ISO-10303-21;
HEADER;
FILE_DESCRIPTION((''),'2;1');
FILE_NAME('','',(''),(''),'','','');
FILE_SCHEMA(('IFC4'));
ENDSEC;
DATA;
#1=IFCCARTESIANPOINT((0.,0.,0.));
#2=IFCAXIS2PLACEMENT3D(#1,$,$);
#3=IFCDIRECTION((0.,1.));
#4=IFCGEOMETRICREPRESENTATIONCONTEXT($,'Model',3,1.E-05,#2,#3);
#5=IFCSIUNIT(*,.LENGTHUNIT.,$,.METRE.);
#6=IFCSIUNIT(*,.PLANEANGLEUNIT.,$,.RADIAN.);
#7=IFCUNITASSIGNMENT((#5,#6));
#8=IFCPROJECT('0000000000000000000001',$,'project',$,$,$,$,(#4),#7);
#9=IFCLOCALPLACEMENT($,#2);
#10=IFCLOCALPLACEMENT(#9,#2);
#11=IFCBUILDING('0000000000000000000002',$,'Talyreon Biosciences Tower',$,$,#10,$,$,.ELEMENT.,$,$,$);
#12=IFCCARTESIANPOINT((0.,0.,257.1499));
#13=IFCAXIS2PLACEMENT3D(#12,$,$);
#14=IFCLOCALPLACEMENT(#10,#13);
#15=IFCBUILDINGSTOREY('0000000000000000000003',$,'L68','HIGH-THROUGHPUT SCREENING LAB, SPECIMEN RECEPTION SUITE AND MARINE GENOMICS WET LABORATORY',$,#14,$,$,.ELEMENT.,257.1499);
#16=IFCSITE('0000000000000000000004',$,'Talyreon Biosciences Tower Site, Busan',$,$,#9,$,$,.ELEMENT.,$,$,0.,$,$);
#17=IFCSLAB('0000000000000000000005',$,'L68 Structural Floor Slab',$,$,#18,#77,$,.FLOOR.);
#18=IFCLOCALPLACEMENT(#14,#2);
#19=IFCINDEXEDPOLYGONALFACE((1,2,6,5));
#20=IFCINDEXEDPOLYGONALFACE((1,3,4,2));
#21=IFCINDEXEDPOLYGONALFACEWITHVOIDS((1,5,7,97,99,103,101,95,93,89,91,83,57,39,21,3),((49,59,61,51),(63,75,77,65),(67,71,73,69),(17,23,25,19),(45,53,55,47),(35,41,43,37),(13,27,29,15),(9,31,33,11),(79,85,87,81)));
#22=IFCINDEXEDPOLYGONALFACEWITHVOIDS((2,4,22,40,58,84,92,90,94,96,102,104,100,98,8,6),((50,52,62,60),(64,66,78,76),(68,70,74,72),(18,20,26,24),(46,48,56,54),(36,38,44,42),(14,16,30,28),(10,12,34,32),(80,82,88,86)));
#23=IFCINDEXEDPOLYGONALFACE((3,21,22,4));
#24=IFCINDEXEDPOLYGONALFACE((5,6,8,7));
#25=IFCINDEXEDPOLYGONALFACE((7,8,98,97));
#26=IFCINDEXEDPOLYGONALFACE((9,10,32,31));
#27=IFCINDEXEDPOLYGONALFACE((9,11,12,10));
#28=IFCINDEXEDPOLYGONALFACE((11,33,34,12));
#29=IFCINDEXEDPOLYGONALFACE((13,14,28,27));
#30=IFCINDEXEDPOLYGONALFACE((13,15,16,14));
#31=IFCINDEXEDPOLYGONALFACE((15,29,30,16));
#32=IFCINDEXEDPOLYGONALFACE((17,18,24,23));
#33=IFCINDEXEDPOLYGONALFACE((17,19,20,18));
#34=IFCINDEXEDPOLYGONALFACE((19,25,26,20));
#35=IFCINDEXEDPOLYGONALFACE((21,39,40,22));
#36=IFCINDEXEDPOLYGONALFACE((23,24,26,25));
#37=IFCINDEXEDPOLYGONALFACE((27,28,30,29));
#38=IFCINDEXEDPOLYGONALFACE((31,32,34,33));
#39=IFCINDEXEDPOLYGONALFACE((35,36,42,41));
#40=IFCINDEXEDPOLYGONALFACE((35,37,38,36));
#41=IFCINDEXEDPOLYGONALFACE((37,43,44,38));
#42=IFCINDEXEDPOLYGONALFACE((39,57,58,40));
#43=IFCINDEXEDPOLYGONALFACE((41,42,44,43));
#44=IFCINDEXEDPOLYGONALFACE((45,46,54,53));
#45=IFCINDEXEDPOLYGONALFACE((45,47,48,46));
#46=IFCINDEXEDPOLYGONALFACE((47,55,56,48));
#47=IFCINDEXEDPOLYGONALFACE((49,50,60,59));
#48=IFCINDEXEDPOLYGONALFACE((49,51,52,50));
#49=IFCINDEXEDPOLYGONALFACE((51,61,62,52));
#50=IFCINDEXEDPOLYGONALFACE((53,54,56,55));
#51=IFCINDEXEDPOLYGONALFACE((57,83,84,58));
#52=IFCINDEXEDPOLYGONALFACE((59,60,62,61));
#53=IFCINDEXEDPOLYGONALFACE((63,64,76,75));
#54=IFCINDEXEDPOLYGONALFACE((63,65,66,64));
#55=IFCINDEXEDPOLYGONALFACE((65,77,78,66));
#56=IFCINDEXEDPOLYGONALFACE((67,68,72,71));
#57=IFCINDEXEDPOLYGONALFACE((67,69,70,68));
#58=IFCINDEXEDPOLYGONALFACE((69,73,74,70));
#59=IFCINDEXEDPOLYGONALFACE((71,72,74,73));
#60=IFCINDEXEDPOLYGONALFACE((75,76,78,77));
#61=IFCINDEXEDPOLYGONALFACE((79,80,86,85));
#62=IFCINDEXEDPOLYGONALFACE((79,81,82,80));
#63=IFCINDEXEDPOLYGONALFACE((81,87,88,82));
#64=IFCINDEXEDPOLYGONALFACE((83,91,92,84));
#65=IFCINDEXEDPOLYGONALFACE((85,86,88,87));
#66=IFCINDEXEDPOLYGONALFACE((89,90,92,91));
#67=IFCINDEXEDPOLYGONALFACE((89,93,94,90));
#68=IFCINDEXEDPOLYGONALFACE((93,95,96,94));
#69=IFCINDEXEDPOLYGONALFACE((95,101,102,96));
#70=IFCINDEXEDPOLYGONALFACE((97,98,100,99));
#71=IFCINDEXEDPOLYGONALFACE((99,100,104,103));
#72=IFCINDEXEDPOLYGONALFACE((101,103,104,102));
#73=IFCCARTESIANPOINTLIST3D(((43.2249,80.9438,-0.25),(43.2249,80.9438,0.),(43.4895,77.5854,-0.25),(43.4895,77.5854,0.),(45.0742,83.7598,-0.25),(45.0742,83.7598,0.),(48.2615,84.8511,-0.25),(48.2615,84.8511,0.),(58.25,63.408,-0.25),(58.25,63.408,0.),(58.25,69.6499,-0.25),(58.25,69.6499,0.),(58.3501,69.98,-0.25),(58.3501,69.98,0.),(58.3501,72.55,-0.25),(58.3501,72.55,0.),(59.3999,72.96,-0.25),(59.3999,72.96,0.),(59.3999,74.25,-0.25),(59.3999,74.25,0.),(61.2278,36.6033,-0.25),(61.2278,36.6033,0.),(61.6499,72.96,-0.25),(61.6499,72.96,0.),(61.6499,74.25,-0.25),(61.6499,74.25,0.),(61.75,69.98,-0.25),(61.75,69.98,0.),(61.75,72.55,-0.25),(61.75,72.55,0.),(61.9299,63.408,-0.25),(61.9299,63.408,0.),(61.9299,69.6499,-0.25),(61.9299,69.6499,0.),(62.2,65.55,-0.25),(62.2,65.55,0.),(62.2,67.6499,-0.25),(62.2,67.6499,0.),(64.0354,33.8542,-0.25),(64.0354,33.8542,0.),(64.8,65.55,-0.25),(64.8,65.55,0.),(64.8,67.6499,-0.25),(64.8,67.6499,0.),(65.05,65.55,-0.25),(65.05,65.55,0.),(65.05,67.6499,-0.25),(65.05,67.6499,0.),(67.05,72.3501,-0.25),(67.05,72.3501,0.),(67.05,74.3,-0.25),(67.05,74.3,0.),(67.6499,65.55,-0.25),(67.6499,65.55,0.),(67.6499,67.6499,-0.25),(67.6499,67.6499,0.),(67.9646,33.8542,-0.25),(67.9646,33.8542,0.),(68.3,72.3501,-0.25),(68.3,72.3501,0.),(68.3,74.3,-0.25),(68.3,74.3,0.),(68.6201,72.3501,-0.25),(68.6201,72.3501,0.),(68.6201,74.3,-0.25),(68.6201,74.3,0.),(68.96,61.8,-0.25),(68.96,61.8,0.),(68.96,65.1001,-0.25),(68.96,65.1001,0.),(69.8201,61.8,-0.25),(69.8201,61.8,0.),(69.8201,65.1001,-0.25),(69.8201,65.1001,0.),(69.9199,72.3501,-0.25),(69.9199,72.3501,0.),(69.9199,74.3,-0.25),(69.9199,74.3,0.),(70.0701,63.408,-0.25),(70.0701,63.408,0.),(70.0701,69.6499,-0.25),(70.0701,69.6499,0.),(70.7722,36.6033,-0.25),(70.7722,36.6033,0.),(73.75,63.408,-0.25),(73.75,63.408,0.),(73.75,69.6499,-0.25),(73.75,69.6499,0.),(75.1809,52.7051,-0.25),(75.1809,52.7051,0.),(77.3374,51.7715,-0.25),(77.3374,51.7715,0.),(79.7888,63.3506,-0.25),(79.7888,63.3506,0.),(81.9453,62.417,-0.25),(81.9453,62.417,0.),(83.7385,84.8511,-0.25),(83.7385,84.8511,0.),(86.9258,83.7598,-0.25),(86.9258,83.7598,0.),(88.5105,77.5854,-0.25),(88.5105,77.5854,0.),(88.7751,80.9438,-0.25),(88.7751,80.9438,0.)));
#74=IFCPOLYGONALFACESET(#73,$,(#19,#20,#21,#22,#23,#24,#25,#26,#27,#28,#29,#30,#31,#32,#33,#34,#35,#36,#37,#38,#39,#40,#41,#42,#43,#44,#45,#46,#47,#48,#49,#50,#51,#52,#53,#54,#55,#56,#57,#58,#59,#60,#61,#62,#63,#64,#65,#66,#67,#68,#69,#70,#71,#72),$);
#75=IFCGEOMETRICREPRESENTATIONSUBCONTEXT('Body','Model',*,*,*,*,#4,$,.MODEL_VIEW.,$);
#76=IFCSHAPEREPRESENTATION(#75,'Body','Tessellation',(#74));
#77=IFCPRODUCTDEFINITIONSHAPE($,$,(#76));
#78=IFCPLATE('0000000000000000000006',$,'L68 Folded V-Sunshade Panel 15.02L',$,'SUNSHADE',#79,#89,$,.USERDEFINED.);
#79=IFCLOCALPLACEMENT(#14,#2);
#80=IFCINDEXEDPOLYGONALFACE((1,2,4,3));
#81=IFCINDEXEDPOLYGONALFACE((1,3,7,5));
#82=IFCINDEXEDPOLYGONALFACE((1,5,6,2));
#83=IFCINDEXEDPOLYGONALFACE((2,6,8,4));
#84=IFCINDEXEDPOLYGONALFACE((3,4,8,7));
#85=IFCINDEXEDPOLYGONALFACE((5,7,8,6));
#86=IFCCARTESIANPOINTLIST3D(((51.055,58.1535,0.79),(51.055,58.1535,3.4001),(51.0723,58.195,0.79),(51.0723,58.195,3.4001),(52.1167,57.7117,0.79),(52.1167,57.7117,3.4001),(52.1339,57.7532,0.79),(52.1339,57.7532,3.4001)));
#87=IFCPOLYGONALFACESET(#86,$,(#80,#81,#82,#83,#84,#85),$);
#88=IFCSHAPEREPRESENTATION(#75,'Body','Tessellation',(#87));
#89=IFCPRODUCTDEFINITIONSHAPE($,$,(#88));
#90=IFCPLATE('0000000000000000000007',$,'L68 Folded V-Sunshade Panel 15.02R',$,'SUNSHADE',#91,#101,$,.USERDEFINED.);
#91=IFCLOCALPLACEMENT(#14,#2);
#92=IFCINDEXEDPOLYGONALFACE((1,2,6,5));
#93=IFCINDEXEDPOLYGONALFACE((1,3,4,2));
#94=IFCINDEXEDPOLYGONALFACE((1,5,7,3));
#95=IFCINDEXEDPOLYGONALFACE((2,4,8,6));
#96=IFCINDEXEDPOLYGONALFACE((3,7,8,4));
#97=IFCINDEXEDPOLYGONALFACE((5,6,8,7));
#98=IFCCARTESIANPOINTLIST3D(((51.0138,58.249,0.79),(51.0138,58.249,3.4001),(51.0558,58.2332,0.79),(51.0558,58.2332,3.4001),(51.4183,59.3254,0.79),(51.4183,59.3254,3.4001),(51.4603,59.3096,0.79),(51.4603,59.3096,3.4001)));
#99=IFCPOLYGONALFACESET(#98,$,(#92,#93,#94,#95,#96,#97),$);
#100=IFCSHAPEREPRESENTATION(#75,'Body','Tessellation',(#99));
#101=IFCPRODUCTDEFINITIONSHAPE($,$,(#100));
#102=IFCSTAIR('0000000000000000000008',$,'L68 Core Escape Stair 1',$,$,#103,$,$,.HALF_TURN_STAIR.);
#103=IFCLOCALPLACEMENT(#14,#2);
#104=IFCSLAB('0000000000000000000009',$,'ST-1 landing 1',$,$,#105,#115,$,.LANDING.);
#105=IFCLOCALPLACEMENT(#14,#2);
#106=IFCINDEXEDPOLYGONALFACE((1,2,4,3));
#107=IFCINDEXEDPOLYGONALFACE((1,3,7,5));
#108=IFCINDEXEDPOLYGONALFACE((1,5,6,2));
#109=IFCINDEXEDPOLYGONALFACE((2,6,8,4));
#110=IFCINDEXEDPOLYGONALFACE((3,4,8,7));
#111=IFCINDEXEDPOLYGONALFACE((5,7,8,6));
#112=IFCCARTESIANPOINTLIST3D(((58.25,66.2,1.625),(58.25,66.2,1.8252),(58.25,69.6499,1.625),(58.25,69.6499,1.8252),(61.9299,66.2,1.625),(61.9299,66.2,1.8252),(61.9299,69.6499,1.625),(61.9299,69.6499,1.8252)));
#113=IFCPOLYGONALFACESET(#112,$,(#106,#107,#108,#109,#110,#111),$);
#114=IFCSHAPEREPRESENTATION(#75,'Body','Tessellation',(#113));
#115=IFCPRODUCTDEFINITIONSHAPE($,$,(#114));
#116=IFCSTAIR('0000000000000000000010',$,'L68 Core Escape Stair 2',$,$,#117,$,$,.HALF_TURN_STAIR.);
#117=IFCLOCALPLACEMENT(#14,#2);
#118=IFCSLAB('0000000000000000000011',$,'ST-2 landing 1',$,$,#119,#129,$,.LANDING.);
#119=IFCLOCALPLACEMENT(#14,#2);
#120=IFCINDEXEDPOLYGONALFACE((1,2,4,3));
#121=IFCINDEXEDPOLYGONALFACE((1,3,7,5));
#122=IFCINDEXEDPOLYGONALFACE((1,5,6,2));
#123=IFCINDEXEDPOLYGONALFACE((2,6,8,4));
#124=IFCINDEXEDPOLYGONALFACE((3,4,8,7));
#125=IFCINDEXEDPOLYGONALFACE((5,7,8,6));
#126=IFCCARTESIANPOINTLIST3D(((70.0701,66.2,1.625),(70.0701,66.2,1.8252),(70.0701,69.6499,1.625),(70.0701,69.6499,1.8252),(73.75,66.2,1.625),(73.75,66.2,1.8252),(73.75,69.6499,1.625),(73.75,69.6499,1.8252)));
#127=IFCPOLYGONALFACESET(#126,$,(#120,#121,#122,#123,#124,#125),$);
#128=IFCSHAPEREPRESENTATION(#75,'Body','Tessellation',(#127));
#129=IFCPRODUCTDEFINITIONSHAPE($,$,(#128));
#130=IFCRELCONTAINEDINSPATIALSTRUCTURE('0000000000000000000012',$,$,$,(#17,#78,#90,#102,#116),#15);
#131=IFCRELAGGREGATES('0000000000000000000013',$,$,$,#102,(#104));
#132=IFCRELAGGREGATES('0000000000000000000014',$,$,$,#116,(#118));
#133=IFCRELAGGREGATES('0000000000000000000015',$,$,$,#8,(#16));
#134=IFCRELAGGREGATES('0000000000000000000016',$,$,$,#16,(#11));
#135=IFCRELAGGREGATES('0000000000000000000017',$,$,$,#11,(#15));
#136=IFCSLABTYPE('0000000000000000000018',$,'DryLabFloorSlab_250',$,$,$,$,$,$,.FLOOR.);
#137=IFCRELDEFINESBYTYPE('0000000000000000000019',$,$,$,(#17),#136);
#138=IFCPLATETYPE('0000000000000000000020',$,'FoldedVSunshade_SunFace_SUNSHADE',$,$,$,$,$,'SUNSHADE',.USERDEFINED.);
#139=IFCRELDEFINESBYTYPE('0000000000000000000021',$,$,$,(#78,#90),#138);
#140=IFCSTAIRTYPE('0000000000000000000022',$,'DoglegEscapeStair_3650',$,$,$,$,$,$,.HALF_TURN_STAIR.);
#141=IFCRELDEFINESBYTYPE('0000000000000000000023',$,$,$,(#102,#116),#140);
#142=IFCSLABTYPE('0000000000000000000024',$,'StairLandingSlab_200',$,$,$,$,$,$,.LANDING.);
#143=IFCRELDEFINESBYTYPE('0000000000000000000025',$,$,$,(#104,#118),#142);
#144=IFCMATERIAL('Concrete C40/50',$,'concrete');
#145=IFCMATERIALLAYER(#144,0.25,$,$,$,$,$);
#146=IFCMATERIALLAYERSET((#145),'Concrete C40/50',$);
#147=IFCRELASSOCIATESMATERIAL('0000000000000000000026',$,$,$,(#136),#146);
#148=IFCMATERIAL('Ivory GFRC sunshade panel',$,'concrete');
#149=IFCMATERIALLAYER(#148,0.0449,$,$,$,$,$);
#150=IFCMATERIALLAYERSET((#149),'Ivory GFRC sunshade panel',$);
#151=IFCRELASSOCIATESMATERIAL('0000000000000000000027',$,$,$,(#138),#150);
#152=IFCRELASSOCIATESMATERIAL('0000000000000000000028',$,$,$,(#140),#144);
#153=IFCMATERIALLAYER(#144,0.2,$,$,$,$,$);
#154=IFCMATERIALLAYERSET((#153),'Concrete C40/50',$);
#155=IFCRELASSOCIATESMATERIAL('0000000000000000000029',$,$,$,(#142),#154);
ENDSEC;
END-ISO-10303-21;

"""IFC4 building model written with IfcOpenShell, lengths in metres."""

from ifc_helpers import new_model, si_unit, direction, frame, origin, origin_2d, place, context, subcontext, project, spatial, polyline, rectangle, outline, extrude, material, layer, layer_set, type_object, element, aggregate, save


model = new_model("IFC4")

# Units and contexts
model_context = context("Model", 3, precision=1e-05, world=origin(), true_north=direction((0.0, 1.0)))
body_context = subcontext(model_context, "Body", "Model", "MODEL_VIEW")
ifc_project = project(units=[si_unit("LENGTHUNIT", "METRE"), si_unit("PLANEANGLEUNIT", "RADIAN")], contexts=[model_context])

# Site, building, storey
site_placement = place(None, origin())
site = spatial("IfcSite", under=ifc_project, at=site_placement, Name="Talyreon Biosciences Tower Site, Busan", CompositionType="ELEMENT", RefElevation=0.0)
building_placement = place(site_placement, origin())
building = spatial("IfcBuilding", under=site, at=building_placement, Name="Talyreon Biosciences Tower", CompositionType="ELEMENT")
storey_placement = place(building_placement, frame((0.0, 0.0, 257.1499)))
storey = spatial("IfcBuildingStorey", under=building, at=storey_placement, Name="L68", Description="HIGH-THROUGHPUT SCREENING LAB, SPECIMEN RECEPTION SUITE AND MARINE GENOMICS WET LABORATORY", CompositionType="ELEMENT", Elevation=257.1499)

# Slab
ifc_material_1 = material(Name="Concrete C40/50", Category="concrete")
ifc_layer_1 = layer(ifc_material_1, 0.25)
ifc_layer_set_1 = layer_set([ifc_layer_1], Name="Concrete C40/50")
slab_type_1 = type_object("IfcSlabType", Name="DryLabFloorSlab_250", PredefinedType="FLOOR", material=ifc_layer_set_1)
slab_1_placement = place(storey_placement, frame((0.0, 0.0, -0.25)))
element("IfcSlab", 1, at=slab_1_placement, inside=storey, type_object=slab_type_1, Name="L68 Structural Floor Slab", PredefinedType="FLOOR", context=body_context, shape_type="SweptSolid", body=[
    extrude(outline(polyline([(43.4895, 77.5854), (43.2249, 80.9438), (45.0742, 83.7598), (48.2615, 84.8511), (83.7385, 84.8511), (86.9258, 83.7598), (88.7751, 80.9438), (88.5105, 77.5854), (81.9453, 62.417), (79.7888, 63.3506), (75.1809, 52.7051), (77.3374, 51.7715), (70.7722, 36.6033), (67.9646, 33.8542), (64.0354, 33.8542), (61.2278, 36.6033), (43.4895, 77.5854)]), holes=[polyline([(69.8201, 65.1001), (69.8201, 61.8), (68.96, 61.8), (68.96, 65.1001), (69.8201, 65.1001)]), polyline([(61.9299, 69.6499), (61.9299, 63.408), (58.25, 63.408), (58.25, 69.6499), (61.9299, 69.6499)]), polyline([(73.75, 69.6499), (73.75, 63.408), (70.0701, 63.408), (70.0701, 69.6499), (73.75, 69.6499)]), polyline([(64.8, 67.6499), (64.8, 65.55), (62.2, 65.55), (62.2, 67.6499), (64.8, 67.6499)]), polyline([(67.6499, 67.6499), (67.6499, 65.55), (65.05, 65.55), (65.05, 67.6499), (67.6499, 67.6499)]), polyline([(61.75, 72.55), (61.75, 69.98), (58.3501, 69.98), (58.3501, 72.55), (61.75, 72.55)]), polyline([(68.3, 74.3), (68.3, 72.3501), (67.05, 72.3501), (67.05, 74.3), (68.3, 74.3)]), polyline([(69.9199, 72.3501), (68.6201, 72.3501), (68.6201, 74.3), (69.9199, 74.3), (69.9199, 72.3501)]), polyline([(61.6499, 72.96), (59.3999, 72.96), (59.3999, 74.25), (61.6499, 74.25), (61.6499, 72.96)])]), origin(), (0.0, 0.0, 1.0), 0.25),
])

# Plates
ifc_material_2 = material(Name="Ivory GFRC sunshade panel", Category="concrete")
ifc_layer_2 = layer(ifc_material_2, 0.0449)
ifc_layer_set_2 = layer_set([ifc_layer_2], Name="Ivory GFRC sunshade panel")
plate_type_1 = type_object("IfcPlateType", Name="FoldedVSunshade_SunFace_SUNSHADE", ElementType="SUNSHADE", PredefinedType="USERDEFINED", material=ifc_layer_set_2)
for number, where, z_axis, x_axis, name in (
    (2, (51.5945, 57.9534, 0.79), (0.0, 0.0, 1.0), (-0.923244, 0.384215, 0.0), "L68 Folded V-Sunshade Panel 15.02L"),
    (3, (51.2371, 58.7793, 0.79), (0.0, 0.0, 1.0), (0.35176, 0.93609, 0.0), "L68 Folded V-Sunshade Panel 15.02R"),
):
    element("IfcPlate", number, at=place(storey_placement, frame(where, z_axis=z_axis, x_axis=x_axis)), inside=storey, type_object=plate_type_1, Name=name, ObjectType="SUNSHADE", PredefinedType="USERDEFINED", context=body_context, shape_type="SweptSolid", body=[
        extrude(rectangle(XDim=1.1499, YDim=0.0449, at=origin_2d()), origin(), (0.0, 0.0, 1.0), 2.6101),
    ])

# Stairs, slabs
stair_type = type_object("IfcStairType", Name="DoglegEscapeStair_3650", PredefinedType="HALF_TURN_STAIR", material=ifc_material_1)
stair_1_placement = place(storey_placement, origin())
stair_1 = element("IfcStair", 4, at=stair_1_placement, inside=storey, type_object=stair_type, Name="L68 Core Escape Stair 1", PredefinedType="HALF_TURN_STAIR")
ifc_layer_3 = layer(ifc_material_1, 0.2)
ifc_layer_set_3 = layer_set([ifc_layer_3], Name="Concrete C40/50")
slab_type_2 = type_object("IfcSlabType", Name="StairLandingSlab_200", PredefinedType="LANDING", material=ifc_layer_set_3)
slab_2_placement = place(storey_placement, frame((0.0, 0.0, 1.625)))
slab_2 = element("IfcSlab", 5, at=slab_2_placement, type_object=slab_type_2, Name="ST-1 landing 1", PredefinedType="LANDING", context=body_context, shape_type="SweptSolid", body=[
    extrude(outline(polyline([(61.9299, 66.2), (61.9299, 69.6499), (58.25, 69.6499), (58.25, 66.2), (61.9299, 66.2)])), origin(), (0.0, 0.0, 1.0), 0.2002),
])
aggregate(stair_1, [slab_2])
stair_2_placement = place(storey_placement, origin())
stair_2 = element("IfcStair", 6, at=stair_2_placement, inside=storey, type_object=stair_type, Name="L68 Core Escape Stair 2", PredefinedType="HALF_TURN_STAIR")
slab_3_placement = place(storey_placement, frame((0.0, 0.0, 1.625)))
slab_3 = element("IfcSlab", 7, at=slab_3_placement, type_object=slab_type_2, Name="ST-2 landing 1", PredefinedType="LANDING", context=body_context, shape_type="SweptSolid", body=[
    extrude(outline(polyline([(73.75, 66.2), (73.75, 69.6499), (70.0701, 69.6499), (70.0701, 66.2), (73.75, 66.2)])), origin(), (0.0, 0.0, 1.0), 0.2002),
])
aggregate(stair_2, [slab_3])

save(model, "model.ifc")
